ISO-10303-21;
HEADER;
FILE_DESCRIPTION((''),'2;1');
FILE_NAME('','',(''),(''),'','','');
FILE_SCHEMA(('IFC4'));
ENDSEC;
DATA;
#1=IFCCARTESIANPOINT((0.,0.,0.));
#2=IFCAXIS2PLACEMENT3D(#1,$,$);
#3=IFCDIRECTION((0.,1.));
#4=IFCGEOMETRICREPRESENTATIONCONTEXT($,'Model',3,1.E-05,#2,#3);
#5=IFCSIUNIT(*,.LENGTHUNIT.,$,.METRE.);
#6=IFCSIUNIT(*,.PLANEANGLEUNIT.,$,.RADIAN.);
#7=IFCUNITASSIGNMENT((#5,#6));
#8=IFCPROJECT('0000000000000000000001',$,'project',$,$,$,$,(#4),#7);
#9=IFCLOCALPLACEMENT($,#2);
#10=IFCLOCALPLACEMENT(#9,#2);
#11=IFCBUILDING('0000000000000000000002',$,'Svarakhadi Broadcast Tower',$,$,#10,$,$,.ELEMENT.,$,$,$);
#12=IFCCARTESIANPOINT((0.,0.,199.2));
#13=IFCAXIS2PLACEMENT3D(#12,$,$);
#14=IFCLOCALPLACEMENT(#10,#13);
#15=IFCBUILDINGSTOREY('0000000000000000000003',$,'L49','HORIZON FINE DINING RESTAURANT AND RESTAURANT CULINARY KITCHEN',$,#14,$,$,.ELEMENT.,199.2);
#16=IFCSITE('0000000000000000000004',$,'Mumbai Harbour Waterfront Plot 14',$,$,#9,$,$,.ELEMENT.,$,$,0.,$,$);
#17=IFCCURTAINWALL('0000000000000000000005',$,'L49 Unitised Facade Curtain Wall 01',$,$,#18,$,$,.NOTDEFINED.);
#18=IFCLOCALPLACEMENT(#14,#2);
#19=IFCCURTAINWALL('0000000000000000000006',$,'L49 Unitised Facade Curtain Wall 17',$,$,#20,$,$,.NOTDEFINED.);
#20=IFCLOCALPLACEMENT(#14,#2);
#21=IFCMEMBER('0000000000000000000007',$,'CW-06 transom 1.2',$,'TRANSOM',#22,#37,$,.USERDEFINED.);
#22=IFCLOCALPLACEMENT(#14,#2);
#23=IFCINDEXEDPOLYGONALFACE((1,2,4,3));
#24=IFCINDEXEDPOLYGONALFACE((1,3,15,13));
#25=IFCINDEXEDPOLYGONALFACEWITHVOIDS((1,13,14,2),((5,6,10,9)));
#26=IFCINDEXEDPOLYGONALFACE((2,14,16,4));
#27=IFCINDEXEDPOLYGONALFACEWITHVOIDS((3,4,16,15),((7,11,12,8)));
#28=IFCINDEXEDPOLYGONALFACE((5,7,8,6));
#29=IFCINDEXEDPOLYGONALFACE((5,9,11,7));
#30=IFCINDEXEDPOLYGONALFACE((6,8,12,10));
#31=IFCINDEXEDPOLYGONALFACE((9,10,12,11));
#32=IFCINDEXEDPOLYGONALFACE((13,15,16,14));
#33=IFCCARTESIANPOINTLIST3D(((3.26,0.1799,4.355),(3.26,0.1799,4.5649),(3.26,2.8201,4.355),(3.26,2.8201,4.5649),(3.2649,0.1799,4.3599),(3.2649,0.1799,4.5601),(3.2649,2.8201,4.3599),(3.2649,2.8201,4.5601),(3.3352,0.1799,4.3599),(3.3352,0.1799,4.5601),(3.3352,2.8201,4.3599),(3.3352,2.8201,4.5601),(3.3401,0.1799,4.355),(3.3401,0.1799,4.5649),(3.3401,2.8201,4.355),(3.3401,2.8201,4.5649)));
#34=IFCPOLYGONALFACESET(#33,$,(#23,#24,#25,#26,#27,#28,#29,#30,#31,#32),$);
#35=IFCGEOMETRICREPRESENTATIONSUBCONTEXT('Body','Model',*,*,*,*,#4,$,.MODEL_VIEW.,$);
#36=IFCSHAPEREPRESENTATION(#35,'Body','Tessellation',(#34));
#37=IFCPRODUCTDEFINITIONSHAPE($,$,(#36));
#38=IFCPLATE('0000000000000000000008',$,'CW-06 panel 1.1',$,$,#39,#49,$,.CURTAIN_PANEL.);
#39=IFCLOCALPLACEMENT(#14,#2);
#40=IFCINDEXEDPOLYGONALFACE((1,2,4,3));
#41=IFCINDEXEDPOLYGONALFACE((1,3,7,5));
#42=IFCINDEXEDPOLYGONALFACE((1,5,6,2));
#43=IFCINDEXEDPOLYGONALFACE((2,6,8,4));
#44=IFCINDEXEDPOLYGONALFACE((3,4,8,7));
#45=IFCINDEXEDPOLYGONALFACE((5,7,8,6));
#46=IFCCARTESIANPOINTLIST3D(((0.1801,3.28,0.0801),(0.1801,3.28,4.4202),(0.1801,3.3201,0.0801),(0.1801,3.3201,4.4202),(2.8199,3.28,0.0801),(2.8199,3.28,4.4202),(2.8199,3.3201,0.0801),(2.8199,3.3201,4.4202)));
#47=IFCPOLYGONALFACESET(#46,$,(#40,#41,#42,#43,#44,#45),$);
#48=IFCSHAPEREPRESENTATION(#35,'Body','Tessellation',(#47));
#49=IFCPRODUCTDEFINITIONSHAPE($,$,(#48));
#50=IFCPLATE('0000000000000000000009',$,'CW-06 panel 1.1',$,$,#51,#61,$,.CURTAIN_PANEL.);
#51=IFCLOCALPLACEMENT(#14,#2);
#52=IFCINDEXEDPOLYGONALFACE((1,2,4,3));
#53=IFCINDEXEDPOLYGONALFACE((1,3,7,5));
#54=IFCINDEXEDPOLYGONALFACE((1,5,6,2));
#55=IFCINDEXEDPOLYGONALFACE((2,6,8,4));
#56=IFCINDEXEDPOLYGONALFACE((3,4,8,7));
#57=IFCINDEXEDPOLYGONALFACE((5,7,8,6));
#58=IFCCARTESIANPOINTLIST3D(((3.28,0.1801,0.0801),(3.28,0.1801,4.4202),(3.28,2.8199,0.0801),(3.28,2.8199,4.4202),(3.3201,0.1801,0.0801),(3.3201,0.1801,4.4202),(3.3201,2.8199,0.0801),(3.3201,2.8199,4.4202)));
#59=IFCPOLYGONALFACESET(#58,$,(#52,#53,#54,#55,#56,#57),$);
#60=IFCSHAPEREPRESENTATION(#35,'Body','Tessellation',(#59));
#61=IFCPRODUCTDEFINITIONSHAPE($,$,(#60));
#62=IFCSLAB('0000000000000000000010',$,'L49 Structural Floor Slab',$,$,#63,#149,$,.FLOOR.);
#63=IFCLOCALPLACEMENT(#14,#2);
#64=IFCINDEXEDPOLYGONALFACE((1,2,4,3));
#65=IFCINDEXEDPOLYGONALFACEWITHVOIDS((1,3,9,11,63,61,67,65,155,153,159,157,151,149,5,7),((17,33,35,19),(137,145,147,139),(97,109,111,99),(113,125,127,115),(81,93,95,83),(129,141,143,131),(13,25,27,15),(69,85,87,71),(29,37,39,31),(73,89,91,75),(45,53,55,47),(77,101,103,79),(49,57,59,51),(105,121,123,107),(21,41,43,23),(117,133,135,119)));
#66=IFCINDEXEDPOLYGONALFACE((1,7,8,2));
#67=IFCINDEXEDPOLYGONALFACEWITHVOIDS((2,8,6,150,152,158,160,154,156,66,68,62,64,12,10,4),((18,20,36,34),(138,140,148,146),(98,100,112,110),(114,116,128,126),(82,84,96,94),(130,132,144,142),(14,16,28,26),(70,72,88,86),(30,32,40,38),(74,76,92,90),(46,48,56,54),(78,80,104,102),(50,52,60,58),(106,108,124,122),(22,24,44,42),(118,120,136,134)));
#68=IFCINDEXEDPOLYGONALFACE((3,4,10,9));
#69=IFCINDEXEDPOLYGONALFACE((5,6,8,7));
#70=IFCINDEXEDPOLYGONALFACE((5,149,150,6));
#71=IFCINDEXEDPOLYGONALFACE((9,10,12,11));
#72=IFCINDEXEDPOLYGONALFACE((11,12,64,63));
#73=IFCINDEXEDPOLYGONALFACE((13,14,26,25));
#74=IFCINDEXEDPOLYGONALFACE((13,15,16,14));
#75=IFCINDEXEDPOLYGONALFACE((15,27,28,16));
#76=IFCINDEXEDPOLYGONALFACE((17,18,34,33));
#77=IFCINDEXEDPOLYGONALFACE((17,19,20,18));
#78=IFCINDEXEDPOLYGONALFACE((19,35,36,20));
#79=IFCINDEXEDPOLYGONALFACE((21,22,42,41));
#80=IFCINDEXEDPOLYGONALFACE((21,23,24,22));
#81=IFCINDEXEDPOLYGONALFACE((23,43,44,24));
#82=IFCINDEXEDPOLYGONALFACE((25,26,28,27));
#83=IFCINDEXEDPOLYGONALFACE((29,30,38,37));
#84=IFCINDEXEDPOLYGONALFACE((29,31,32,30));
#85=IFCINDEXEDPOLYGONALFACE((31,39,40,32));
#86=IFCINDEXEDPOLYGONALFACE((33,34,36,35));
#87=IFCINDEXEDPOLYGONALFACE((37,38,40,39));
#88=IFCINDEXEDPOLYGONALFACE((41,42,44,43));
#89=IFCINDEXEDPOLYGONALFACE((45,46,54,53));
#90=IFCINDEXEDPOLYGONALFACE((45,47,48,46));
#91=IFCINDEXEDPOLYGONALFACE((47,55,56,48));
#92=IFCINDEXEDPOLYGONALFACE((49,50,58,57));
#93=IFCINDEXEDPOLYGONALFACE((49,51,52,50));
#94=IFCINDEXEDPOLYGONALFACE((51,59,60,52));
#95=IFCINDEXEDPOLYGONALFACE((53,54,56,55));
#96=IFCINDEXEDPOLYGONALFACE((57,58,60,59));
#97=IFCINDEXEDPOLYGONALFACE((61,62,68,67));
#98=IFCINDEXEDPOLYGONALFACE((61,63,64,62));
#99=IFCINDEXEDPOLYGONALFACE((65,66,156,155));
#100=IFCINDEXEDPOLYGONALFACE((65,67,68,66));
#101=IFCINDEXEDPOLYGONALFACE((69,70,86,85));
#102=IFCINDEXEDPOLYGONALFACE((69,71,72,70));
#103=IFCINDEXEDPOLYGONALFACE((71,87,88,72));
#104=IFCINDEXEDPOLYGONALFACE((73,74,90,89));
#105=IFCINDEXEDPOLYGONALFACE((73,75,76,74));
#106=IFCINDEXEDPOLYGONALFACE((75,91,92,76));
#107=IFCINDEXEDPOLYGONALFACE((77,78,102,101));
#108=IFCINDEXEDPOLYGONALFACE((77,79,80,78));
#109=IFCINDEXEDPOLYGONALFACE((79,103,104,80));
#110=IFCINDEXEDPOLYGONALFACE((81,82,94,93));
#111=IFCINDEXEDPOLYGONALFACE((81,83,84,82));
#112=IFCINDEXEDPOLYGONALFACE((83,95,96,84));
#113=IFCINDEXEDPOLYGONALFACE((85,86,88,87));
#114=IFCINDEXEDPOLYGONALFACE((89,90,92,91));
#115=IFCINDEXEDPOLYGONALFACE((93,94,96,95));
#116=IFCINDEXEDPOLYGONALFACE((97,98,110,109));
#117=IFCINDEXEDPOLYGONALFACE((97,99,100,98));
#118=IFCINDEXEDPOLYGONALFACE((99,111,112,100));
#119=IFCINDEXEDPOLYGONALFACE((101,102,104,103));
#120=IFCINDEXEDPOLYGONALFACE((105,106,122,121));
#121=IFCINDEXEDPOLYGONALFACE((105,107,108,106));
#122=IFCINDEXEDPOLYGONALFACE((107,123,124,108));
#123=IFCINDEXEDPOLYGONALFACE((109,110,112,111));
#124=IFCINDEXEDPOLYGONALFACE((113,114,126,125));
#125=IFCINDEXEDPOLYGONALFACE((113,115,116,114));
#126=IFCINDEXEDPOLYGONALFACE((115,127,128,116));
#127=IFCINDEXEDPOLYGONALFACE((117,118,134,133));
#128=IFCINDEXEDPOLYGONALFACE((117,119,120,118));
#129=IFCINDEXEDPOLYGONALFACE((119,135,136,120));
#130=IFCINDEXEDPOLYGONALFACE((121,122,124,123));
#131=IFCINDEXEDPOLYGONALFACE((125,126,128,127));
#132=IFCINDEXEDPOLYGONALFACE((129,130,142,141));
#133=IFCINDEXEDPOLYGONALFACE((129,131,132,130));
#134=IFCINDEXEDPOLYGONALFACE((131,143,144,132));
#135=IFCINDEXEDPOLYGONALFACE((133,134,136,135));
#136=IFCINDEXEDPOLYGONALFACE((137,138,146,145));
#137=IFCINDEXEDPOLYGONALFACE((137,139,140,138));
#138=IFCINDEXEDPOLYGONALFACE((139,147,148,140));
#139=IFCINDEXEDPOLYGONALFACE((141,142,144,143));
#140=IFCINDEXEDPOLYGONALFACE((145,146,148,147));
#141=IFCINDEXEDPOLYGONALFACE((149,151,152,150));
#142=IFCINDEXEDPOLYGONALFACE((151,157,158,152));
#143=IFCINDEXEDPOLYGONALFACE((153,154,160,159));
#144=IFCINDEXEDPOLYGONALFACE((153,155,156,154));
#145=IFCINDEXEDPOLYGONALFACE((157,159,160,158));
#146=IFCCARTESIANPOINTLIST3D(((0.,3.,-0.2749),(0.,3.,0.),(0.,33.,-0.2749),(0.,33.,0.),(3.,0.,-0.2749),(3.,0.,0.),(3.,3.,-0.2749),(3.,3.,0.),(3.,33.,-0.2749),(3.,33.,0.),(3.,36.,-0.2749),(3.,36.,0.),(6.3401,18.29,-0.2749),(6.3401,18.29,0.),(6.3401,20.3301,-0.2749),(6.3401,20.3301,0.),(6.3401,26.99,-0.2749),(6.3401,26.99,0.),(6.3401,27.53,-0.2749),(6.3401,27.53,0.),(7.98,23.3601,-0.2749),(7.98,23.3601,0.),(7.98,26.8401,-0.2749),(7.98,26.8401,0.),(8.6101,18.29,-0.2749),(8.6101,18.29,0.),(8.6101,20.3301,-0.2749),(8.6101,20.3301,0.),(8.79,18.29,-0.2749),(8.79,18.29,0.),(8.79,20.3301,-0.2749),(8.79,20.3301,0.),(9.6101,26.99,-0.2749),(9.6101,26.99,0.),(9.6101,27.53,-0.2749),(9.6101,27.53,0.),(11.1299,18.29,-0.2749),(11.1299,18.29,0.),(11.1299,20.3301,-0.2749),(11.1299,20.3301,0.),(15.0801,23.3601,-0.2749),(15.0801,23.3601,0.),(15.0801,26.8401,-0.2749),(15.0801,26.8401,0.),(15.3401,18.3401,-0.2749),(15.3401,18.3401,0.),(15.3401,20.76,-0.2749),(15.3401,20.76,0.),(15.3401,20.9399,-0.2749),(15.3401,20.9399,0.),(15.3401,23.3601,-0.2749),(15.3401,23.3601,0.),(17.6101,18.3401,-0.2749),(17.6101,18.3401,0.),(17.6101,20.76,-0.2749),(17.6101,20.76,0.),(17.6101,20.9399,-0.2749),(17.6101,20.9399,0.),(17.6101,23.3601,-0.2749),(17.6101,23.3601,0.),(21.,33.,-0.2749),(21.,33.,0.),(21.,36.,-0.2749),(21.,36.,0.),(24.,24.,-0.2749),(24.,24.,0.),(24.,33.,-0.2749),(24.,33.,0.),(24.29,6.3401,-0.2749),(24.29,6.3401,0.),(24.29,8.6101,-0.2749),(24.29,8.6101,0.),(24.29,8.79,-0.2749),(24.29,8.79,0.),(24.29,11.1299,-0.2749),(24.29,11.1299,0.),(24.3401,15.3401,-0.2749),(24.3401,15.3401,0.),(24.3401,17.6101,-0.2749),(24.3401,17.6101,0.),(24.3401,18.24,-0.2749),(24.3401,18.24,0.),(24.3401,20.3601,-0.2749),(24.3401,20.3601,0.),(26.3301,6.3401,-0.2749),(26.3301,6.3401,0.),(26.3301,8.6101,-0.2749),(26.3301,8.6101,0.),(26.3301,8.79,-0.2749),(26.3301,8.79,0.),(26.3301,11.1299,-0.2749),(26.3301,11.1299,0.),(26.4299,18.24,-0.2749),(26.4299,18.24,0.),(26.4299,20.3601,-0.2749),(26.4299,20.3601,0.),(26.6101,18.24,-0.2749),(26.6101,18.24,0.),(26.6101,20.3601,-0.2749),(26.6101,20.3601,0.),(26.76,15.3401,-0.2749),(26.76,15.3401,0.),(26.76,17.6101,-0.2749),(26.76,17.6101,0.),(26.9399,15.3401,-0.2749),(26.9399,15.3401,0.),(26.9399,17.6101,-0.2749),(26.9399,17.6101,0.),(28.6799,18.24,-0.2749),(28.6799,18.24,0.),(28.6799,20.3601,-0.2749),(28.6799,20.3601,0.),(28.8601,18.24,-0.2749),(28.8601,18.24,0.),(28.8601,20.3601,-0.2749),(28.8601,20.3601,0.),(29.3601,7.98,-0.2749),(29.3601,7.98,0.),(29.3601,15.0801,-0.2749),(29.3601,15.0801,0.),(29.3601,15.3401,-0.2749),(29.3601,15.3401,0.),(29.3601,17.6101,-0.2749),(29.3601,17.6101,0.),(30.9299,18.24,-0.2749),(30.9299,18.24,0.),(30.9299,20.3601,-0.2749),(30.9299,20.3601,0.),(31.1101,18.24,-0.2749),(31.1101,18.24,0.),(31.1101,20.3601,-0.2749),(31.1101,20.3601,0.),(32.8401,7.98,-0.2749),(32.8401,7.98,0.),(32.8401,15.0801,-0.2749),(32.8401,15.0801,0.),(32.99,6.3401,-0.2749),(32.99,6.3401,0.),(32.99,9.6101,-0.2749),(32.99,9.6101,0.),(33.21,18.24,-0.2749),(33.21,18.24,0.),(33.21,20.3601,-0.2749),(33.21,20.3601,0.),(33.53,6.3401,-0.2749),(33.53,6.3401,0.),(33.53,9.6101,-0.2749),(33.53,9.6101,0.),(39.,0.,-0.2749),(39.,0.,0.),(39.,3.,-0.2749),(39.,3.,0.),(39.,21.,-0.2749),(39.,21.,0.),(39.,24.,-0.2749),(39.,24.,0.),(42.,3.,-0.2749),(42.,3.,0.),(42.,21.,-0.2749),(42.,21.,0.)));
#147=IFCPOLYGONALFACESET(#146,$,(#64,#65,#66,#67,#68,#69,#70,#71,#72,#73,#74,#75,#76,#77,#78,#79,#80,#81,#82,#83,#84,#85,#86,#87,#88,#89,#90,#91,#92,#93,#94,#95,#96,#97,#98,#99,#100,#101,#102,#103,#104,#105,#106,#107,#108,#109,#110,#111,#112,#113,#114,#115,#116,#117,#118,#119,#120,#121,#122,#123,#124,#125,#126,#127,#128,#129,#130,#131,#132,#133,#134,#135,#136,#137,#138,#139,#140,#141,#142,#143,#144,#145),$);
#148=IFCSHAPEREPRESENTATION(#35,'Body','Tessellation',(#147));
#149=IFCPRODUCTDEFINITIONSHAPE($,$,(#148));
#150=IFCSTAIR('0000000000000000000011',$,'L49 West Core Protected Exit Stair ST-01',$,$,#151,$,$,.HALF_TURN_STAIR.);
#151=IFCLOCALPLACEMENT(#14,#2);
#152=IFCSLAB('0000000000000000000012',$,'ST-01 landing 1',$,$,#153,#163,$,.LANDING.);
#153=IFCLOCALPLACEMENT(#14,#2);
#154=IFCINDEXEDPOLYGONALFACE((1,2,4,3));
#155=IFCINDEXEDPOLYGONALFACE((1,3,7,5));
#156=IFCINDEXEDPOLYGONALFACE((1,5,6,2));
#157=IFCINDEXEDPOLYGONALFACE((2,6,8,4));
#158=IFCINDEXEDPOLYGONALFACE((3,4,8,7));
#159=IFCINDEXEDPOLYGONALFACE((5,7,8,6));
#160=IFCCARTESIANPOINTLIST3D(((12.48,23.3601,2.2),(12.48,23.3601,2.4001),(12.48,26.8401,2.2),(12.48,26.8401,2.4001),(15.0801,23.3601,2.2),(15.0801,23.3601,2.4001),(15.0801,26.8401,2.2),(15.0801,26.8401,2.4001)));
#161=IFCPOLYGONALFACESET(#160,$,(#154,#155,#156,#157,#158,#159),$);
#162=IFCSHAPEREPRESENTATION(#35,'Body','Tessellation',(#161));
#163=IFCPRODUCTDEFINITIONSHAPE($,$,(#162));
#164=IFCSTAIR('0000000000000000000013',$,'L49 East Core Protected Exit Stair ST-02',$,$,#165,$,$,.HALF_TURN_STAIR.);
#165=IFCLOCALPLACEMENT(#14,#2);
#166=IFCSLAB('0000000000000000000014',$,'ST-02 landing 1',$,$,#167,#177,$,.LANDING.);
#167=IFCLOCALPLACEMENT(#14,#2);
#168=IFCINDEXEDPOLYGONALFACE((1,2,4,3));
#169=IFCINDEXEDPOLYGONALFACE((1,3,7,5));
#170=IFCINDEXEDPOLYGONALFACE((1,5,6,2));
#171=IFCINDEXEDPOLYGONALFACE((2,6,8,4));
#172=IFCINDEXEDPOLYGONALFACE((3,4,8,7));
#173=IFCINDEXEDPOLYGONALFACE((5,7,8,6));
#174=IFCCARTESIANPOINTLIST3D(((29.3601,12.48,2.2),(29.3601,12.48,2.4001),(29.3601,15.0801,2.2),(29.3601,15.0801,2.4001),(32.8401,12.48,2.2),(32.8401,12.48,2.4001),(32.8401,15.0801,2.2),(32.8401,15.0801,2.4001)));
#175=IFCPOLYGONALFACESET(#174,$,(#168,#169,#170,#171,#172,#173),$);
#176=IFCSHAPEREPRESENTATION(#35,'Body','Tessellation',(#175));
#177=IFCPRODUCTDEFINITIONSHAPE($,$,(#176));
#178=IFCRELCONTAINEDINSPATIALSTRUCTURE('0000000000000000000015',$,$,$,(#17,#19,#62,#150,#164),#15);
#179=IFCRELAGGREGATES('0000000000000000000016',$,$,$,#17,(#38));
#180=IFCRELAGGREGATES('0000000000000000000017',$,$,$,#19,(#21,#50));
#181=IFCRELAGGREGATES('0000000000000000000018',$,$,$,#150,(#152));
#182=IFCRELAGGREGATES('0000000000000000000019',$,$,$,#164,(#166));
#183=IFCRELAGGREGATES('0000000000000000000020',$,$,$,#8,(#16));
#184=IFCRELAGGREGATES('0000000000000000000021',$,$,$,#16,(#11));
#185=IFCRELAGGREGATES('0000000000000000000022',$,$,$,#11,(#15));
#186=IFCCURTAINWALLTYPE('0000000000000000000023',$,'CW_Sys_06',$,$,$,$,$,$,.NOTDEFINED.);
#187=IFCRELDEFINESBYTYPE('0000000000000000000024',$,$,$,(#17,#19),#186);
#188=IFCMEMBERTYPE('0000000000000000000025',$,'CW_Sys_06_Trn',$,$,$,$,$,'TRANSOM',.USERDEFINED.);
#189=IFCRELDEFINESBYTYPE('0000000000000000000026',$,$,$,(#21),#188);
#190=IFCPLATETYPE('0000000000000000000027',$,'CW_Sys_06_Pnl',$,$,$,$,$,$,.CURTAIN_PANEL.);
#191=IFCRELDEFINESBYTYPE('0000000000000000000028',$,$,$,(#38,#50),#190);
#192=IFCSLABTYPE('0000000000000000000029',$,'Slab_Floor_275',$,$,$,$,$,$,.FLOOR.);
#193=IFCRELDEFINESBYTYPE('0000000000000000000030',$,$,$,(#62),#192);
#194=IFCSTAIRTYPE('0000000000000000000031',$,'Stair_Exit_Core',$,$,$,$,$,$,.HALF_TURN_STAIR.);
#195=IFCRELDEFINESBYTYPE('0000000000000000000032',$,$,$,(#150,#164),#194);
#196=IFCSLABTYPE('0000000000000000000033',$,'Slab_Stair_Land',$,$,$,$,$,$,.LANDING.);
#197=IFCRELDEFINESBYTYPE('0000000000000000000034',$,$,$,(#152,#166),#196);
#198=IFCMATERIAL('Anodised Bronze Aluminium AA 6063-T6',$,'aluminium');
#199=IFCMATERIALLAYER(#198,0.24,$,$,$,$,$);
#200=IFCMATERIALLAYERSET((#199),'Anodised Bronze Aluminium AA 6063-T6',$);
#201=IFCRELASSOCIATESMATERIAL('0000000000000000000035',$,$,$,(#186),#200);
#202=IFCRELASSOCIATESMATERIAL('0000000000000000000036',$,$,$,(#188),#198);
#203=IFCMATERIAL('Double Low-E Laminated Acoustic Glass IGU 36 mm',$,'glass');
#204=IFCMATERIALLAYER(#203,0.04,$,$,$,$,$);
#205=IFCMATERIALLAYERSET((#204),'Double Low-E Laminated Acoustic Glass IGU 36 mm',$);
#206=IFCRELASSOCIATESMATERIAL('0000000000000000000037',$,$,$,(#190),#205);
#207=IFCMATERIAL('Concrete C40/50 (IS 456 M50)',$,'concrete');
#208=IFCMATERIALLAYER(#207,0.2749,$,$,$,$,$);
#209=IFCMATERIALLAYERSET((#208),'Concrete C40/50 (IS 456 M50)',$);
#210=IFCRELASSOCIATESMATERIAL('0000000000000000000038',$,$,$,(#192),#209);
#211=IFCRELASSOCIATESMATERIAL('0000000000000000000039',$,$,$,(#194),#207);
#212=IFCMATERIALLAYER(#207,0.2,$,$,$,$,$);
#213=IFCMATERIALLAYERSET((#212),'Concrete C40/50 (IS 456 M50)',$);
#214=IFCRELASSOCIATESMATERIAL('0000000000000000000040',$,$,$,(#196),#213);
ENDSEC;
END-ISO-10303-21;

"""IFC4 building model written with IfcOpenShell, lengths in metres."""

from ifc_helpers import new_model, si_unit, direction, frame, origin, origin_2d, place, context, subcontext, project, spatial, polyline, rectangle, hollow_rectangle, outline, extrude, material, layer, layer_set, material_profile, profile_set, type_object, element, aggregate, save


model = new_model("IFC4")

# Units and contexts
model_context = context("Model", 3, precision=1e-05, world=origin(), true_north=direction((0.0, 1.0)))
body_context = subcontext(model_context, "Body", "Model", "MODEL_VIEW")
ifc_project = project(units=[si_unit("LENGTHUNIT", "METRE"), si_unit("PLANEANGLEUNIT", "RADIAN")], contexts=[model_context])

# Site, building, storey
site_placement = place(None, origin())
site = spatial("IfcSite", under=ifc_project, at=site_placement, Name="Mumbai Harbour Waterfront Plot 14", CompositionType="ELEMENT", RefElevation=0.0)
building_placement = place(site_placement, origin())
building = spatial("IfcBuilding", under=site, at=building_placement, Name="Svarakhadi Broadcast Tower", CompositionType="ELEMENT")
storey_placement = place(building_placement, frame((0.0, 0.0, 199.2)))
storey = spatial("IfcBuildingStorey", under=building, at=storey_placement, Name="L49", Description="HORIZON FINE DINING RESTAURANT AND RESTAURANT CULINARY KITCHEN", CompositionType="ELEMENT", Elevation=199.2)

# Curtain wall
ifc_material_1 = material(Name="Anodised Bronze Aluminium AA 6063-T6", Category="aluminium")
ifc_layer_1 = layer(ifc_material_1, 0.24)
ifc_layer_set_1 = layer_set([ifc_layer_1], Name="Anodised Bronze Aluminium AA 6063-T6")
curtain_wall_type = type_object("IfcCurtainWallType", Name="CW_Sys_06", PredefinedType="NOTDEFINED", material=ifc_layer_set_1)
curtain_wall_1_placement = place(storey_placement, origin())
curtain_wall_1 = element("IfcCurtainWall", 1, at=curtain_wall_1_placement, inside=storey, type_object=curtain_wall_type, Name="L49 Unitised Facade Curtain Wall 01", PredefinedType="NOTDEFINED")

# Curtain wall
curtain_wall_2_placement = place(storey_placement, origin())
curtain_wall_2 = element("IfcCurtainWall", 2, at=curtain_wall_2_placement, inside=storey, type_object=curtain_wall_type, Name="L49 Unitised Facade Curtain Wall 17", PredefinedType="NOTDEFINED")

# Member
ifc_material_profile_1 = material_profile(ifc_material_1, hollow_rectangle(XDim=0.0801, YDim=0.21, WallThickness=0.0049, at=origin_2d()), Name="ALU TRANSOM 210x80x5")
ifc_profile_set_1 = profile_set([ifc_material_profile_1], Name="Anodised Bronze Aluminium AA 6063-T6")
member_type_1 = type_object("IfcMemberType", Name="CW_Sys_06_Trn", ElementType="TRANSOM", PredefinedType="USERDEFINED", material=ifc_profile_set_1)
member_1_placement = place(storey_placement, frame((3.3, 0.1799, 4.46), z_axis=(0.0, 1.0, 0.0), x_axis=(-1.0, 0.0, 0.0)))
member_1 = element("IfcMember", 3, at=member_1_placement, type_object=member_type_1, Name="CW-06 transom 1.2", ObjectType="TRANSOM", PredefinedType="USERDEFINED", context=body_context, shape_type="SweptSolid", body=[
    extrude(hollow_rectangle(XDim=0.0801, YDim=0.21, WallThickness=0.0049, at=origin_2d()), origin(), (0.0, 0.0, 1.0), 2.6401),
])

# Plates
ifc_material_2 = material(Name="Double Low-E Laminated Acoustic Glass IGU 36 mm", Category="glass")
ifc_layer_2 = layer(ifc_material_2, 0.04)
ifc_layer_set_2 = layer_set([ifc_layer_2], Name="Double Low-E Laminated Acoustic Glass IGU 36 mm")
plate_type = type_object("IfcPlateType", Name="CW_Sys_06_Pnl", PredefinedType="CURTAIN_PANEL", material=ifc_layer_set_2)
plate_1_placement = place(storey_placement, frame((1.5, 3.3, 0.0801), z_axis=(0.0, 0.0, 1.0), x_axis=(-1.0, 0.0, 0.0)))
plate_1 = element("IfcPlate", 4, at=plate_1_placement, type_object=plate_type, Name="CW-06 panel 1.1", PredefinedType="CURTAIN_PANEL", context=body_context, shape_type="SweptSolid", body=[
    extrude(rectangle(XDim=2.6399, YDim=0.04, at=origin_2d()), origin(), (0.0, 0.0, 1.0), 4.3401),
])
aggregate(curtain_wall_1, [plate_1])
plate_2_placement = place(storey_placement, frame((3.3, 1.5, 0.0801), z_axis=(0.0, 0.0, 1.0), x_axis=(0.0, 1.0, 0.0)))
plate_2 = element("IfcPlate", 5, at=plate_2_placement, type_object=plate_type, Name="CW-06 panel 1.1", PredefinedType="CURTAIN_PANEL", context=body_context, shape_type="SweptSolid", body=[
    extrude(rectangle(XDim=2.6399, YDim=0.04, at=origin_2d()), origin(), (0.0, 0.0, 1.0), 4.3401),
])
aggregate(curtain_wall_2, [member_1, plate_2])

# Slab
ifc_material_3 = material(Name="Concrete C40/50 (IS 456 M50)", Category="concrete")
ifc_layer_3 = layer(ifc_material_3, 0.2749)
ifc_layer_set_3 = layer_set([ifc_layer_3], Name="Concrete C40/50 (IS 456 M50)")
slab_type_1 = type_object("IfcSlabType", Name="Slab_Floor_275", PredefinedType="FLOOR", material=ifc_layer_set_3)
slab_1_placement = place(storey_placement, frame((0.0, 0.0, -0.2749)))
element("IfcSlab", 6, at=slab_1_placement, inside=storey, type_object=slab_type_1, Name="L49 Structural Floor Slab", PredefinedType="FLOOR", context=body_context, shape_type="SweptSolid", body=[
    extrude(outline(polyline([(3.0, 0.0), (39.0, 0.0), (39.0, 3.0), (42.0, 3.0), (42.0, 21.0), (39.0, 21.0), (39.0, 24.0), (24.0, 24.0), (24.0, 33.0), (21.0, 33.0), (21.0, 36.0), (3.0, 36.0), (3.0, 33.0), (0.0, 33.0), (0.0, 3.0), (3.0, 3.0), (3.0, 0.0)]), holes=[polyline([(7.98, 23.3601), (15.0801, 23.3601), (15.0801, 26.8401), (7.98, 26.8401), (7.98, 23.3601)]), polyline([(32.8401, 7.98), (32.8401, 15.0801), (29.3601, 15.0801), (29.3601, 7.98), (32.8401, 7.98)]), polyline([(6.3401, 18.29), (8.6101, 18.29), (8.6101, 20.3301), (6.3401, 20.3301), (6.3401, 18.29)]), polyline([(8.79, 18.29), (11.1299, 18.29), (11.1299, 20.3301), (8.79, 20.3301), (8.79, 18.29)]), polyline([(24.29, 6.3401), (26.3301, 6.3401), (26.3301, 8.6101), (24.29, 8.6101), (24.29, 6.3401)]), polyline([(24.29, 8.79), (26.3301, 8.79), (26.3301, 11.1299), (24.29, 11.1299), (24.29, 8.79)]), polyline([(6.3401, 26.99), (9.6101, 26.99), (9.6101, 27.53), (6.3401, 27.53), (6.3401, 26.99)]), polyline([(32.99, 6.3401), (33.53, 6.3401), (33.53, 9.6101), (32.99, 9.6101), (32.99, 6.3401)]), polyline([(15.3401, 18.3401), (17.6101, 18.3401), (17.6101, 20.76), (15.3401, 20.76), (15.3401, 18.3401)]), polyline([(15.3401, 20.9399), (17.6101, 20.9399), (17.6101, 23.3601), (15.3401, 23.3601), (15.3401, 20.9399)]), polyline([(24.3401, 15.3401), (26.76, 15.3401), (26.76, 17.6101), (24.3401, 17.6101), (24.3401, 15.3401)]), polyline([(26.9399, 15.3401), (29.3601, 15.3401), (29.3601, 17.6101), (26.9399, 17.6101), (26.9399, 15.3401)]), polyline([(24.3401, 18.24), (26.4299, 18.24), (26.4299, 20.3601), (24.3401, 20.3601), (24.3401, 18.24)]), polyline([(26.6101, 18.24), (28.6799, 18.24), (28.6799, 20.3601), (26.6101, 20.3601), (26.6101, 18.24)]), polyline([(28.8601, 18.24), (30.9299, 18.24), (30.9299, 20.3601), (28.8601, 20.3601), (28.8601, 18.24)]), polyline([(31.1101, 18.24), (33.21, 18.24), (33.21, 20.3601), (31.1101, 20.3601), (31.1101, 18.24)])]), origin(), (0.0, 0.0, 1.0), 0.2749),
])

# Stairs, slabs
stair_type = type_object("IfcStairType", Name="Stair_Exit_Core", PredefinedType="HALF_TURN_STAIR", material=ifc_material_3)
stair_1_placement = place(storey_placement, origin())
stair_1 = element("IfcStair", 7, at=stair_1_placement, inside=storey, type_object=stair_type, Name="L49 West Core Protected Exit Stair ST-01", PredefinedType="HALF_TURN_STAIR")
ifc_layer_4 = layer(ifc_material_3, 0.2)
ifc_layer_set_4 = layer_set([ifc_layer_4], Name="Concrete C40/50 (IS 456 M50)")
slab_type_2 = type_object("IfcSlabType", Name="Slab_Stair_Land", PredefinedType="LANDING", material=ifc_layer_set_4)
slab_2_placement = place(storey_placement, frame((0.0, 0.0, 2.2)))
slab_2 = element("IfcSlab", 8, at=slab_2_placement, type_object=slab_type_2, Name="ST-01 landing 1", PredefinedType="LANDING", context=body_context, shape_type="SweptSolid", body=[
    extrude(outline(polyline([(12.48, 23.3601), (15.0801, 23.3601), (15.0801, 26.8401), (12.48, 26.8401), (12.48, 23.3601)])), origin(), (0.0, 0.0, 1.0), 0.2002),
])
aggregate(stair_1, [slab_2])
stair_2_placement = place(storey_placement, origin())
stair_2 = element("IfcStair", 9, at=stair_2_placement, inside=storey, type_object=stair_type, Name="L49 East Core Protected Exit Stair ST-02", PredefinedType="HALF_TURN_STAIR")
slab_3_placement = place(storey_placement, frame((0.0, 0.0, 2.2)))
slab_3 = element("IfcSlab", 10, at=slab_3_placement, type_object=slab_type_2, Name="ST-02 landing 1", PredefinedType="LANDING", context=body_context, shape_type="SweptSolid", body=[
    extrude(outline(polyline([(32.8401, 12.48), (32.8401, 15.0801), (29.3601, 15.0801), (29.3601, 12.48), (32.8401, 12.48)])), origin(), (0.0, 0.0, 1.0), 0.2002),
])
aggregate(stair_2, [slab_3])

save(model, "model.ifc")
